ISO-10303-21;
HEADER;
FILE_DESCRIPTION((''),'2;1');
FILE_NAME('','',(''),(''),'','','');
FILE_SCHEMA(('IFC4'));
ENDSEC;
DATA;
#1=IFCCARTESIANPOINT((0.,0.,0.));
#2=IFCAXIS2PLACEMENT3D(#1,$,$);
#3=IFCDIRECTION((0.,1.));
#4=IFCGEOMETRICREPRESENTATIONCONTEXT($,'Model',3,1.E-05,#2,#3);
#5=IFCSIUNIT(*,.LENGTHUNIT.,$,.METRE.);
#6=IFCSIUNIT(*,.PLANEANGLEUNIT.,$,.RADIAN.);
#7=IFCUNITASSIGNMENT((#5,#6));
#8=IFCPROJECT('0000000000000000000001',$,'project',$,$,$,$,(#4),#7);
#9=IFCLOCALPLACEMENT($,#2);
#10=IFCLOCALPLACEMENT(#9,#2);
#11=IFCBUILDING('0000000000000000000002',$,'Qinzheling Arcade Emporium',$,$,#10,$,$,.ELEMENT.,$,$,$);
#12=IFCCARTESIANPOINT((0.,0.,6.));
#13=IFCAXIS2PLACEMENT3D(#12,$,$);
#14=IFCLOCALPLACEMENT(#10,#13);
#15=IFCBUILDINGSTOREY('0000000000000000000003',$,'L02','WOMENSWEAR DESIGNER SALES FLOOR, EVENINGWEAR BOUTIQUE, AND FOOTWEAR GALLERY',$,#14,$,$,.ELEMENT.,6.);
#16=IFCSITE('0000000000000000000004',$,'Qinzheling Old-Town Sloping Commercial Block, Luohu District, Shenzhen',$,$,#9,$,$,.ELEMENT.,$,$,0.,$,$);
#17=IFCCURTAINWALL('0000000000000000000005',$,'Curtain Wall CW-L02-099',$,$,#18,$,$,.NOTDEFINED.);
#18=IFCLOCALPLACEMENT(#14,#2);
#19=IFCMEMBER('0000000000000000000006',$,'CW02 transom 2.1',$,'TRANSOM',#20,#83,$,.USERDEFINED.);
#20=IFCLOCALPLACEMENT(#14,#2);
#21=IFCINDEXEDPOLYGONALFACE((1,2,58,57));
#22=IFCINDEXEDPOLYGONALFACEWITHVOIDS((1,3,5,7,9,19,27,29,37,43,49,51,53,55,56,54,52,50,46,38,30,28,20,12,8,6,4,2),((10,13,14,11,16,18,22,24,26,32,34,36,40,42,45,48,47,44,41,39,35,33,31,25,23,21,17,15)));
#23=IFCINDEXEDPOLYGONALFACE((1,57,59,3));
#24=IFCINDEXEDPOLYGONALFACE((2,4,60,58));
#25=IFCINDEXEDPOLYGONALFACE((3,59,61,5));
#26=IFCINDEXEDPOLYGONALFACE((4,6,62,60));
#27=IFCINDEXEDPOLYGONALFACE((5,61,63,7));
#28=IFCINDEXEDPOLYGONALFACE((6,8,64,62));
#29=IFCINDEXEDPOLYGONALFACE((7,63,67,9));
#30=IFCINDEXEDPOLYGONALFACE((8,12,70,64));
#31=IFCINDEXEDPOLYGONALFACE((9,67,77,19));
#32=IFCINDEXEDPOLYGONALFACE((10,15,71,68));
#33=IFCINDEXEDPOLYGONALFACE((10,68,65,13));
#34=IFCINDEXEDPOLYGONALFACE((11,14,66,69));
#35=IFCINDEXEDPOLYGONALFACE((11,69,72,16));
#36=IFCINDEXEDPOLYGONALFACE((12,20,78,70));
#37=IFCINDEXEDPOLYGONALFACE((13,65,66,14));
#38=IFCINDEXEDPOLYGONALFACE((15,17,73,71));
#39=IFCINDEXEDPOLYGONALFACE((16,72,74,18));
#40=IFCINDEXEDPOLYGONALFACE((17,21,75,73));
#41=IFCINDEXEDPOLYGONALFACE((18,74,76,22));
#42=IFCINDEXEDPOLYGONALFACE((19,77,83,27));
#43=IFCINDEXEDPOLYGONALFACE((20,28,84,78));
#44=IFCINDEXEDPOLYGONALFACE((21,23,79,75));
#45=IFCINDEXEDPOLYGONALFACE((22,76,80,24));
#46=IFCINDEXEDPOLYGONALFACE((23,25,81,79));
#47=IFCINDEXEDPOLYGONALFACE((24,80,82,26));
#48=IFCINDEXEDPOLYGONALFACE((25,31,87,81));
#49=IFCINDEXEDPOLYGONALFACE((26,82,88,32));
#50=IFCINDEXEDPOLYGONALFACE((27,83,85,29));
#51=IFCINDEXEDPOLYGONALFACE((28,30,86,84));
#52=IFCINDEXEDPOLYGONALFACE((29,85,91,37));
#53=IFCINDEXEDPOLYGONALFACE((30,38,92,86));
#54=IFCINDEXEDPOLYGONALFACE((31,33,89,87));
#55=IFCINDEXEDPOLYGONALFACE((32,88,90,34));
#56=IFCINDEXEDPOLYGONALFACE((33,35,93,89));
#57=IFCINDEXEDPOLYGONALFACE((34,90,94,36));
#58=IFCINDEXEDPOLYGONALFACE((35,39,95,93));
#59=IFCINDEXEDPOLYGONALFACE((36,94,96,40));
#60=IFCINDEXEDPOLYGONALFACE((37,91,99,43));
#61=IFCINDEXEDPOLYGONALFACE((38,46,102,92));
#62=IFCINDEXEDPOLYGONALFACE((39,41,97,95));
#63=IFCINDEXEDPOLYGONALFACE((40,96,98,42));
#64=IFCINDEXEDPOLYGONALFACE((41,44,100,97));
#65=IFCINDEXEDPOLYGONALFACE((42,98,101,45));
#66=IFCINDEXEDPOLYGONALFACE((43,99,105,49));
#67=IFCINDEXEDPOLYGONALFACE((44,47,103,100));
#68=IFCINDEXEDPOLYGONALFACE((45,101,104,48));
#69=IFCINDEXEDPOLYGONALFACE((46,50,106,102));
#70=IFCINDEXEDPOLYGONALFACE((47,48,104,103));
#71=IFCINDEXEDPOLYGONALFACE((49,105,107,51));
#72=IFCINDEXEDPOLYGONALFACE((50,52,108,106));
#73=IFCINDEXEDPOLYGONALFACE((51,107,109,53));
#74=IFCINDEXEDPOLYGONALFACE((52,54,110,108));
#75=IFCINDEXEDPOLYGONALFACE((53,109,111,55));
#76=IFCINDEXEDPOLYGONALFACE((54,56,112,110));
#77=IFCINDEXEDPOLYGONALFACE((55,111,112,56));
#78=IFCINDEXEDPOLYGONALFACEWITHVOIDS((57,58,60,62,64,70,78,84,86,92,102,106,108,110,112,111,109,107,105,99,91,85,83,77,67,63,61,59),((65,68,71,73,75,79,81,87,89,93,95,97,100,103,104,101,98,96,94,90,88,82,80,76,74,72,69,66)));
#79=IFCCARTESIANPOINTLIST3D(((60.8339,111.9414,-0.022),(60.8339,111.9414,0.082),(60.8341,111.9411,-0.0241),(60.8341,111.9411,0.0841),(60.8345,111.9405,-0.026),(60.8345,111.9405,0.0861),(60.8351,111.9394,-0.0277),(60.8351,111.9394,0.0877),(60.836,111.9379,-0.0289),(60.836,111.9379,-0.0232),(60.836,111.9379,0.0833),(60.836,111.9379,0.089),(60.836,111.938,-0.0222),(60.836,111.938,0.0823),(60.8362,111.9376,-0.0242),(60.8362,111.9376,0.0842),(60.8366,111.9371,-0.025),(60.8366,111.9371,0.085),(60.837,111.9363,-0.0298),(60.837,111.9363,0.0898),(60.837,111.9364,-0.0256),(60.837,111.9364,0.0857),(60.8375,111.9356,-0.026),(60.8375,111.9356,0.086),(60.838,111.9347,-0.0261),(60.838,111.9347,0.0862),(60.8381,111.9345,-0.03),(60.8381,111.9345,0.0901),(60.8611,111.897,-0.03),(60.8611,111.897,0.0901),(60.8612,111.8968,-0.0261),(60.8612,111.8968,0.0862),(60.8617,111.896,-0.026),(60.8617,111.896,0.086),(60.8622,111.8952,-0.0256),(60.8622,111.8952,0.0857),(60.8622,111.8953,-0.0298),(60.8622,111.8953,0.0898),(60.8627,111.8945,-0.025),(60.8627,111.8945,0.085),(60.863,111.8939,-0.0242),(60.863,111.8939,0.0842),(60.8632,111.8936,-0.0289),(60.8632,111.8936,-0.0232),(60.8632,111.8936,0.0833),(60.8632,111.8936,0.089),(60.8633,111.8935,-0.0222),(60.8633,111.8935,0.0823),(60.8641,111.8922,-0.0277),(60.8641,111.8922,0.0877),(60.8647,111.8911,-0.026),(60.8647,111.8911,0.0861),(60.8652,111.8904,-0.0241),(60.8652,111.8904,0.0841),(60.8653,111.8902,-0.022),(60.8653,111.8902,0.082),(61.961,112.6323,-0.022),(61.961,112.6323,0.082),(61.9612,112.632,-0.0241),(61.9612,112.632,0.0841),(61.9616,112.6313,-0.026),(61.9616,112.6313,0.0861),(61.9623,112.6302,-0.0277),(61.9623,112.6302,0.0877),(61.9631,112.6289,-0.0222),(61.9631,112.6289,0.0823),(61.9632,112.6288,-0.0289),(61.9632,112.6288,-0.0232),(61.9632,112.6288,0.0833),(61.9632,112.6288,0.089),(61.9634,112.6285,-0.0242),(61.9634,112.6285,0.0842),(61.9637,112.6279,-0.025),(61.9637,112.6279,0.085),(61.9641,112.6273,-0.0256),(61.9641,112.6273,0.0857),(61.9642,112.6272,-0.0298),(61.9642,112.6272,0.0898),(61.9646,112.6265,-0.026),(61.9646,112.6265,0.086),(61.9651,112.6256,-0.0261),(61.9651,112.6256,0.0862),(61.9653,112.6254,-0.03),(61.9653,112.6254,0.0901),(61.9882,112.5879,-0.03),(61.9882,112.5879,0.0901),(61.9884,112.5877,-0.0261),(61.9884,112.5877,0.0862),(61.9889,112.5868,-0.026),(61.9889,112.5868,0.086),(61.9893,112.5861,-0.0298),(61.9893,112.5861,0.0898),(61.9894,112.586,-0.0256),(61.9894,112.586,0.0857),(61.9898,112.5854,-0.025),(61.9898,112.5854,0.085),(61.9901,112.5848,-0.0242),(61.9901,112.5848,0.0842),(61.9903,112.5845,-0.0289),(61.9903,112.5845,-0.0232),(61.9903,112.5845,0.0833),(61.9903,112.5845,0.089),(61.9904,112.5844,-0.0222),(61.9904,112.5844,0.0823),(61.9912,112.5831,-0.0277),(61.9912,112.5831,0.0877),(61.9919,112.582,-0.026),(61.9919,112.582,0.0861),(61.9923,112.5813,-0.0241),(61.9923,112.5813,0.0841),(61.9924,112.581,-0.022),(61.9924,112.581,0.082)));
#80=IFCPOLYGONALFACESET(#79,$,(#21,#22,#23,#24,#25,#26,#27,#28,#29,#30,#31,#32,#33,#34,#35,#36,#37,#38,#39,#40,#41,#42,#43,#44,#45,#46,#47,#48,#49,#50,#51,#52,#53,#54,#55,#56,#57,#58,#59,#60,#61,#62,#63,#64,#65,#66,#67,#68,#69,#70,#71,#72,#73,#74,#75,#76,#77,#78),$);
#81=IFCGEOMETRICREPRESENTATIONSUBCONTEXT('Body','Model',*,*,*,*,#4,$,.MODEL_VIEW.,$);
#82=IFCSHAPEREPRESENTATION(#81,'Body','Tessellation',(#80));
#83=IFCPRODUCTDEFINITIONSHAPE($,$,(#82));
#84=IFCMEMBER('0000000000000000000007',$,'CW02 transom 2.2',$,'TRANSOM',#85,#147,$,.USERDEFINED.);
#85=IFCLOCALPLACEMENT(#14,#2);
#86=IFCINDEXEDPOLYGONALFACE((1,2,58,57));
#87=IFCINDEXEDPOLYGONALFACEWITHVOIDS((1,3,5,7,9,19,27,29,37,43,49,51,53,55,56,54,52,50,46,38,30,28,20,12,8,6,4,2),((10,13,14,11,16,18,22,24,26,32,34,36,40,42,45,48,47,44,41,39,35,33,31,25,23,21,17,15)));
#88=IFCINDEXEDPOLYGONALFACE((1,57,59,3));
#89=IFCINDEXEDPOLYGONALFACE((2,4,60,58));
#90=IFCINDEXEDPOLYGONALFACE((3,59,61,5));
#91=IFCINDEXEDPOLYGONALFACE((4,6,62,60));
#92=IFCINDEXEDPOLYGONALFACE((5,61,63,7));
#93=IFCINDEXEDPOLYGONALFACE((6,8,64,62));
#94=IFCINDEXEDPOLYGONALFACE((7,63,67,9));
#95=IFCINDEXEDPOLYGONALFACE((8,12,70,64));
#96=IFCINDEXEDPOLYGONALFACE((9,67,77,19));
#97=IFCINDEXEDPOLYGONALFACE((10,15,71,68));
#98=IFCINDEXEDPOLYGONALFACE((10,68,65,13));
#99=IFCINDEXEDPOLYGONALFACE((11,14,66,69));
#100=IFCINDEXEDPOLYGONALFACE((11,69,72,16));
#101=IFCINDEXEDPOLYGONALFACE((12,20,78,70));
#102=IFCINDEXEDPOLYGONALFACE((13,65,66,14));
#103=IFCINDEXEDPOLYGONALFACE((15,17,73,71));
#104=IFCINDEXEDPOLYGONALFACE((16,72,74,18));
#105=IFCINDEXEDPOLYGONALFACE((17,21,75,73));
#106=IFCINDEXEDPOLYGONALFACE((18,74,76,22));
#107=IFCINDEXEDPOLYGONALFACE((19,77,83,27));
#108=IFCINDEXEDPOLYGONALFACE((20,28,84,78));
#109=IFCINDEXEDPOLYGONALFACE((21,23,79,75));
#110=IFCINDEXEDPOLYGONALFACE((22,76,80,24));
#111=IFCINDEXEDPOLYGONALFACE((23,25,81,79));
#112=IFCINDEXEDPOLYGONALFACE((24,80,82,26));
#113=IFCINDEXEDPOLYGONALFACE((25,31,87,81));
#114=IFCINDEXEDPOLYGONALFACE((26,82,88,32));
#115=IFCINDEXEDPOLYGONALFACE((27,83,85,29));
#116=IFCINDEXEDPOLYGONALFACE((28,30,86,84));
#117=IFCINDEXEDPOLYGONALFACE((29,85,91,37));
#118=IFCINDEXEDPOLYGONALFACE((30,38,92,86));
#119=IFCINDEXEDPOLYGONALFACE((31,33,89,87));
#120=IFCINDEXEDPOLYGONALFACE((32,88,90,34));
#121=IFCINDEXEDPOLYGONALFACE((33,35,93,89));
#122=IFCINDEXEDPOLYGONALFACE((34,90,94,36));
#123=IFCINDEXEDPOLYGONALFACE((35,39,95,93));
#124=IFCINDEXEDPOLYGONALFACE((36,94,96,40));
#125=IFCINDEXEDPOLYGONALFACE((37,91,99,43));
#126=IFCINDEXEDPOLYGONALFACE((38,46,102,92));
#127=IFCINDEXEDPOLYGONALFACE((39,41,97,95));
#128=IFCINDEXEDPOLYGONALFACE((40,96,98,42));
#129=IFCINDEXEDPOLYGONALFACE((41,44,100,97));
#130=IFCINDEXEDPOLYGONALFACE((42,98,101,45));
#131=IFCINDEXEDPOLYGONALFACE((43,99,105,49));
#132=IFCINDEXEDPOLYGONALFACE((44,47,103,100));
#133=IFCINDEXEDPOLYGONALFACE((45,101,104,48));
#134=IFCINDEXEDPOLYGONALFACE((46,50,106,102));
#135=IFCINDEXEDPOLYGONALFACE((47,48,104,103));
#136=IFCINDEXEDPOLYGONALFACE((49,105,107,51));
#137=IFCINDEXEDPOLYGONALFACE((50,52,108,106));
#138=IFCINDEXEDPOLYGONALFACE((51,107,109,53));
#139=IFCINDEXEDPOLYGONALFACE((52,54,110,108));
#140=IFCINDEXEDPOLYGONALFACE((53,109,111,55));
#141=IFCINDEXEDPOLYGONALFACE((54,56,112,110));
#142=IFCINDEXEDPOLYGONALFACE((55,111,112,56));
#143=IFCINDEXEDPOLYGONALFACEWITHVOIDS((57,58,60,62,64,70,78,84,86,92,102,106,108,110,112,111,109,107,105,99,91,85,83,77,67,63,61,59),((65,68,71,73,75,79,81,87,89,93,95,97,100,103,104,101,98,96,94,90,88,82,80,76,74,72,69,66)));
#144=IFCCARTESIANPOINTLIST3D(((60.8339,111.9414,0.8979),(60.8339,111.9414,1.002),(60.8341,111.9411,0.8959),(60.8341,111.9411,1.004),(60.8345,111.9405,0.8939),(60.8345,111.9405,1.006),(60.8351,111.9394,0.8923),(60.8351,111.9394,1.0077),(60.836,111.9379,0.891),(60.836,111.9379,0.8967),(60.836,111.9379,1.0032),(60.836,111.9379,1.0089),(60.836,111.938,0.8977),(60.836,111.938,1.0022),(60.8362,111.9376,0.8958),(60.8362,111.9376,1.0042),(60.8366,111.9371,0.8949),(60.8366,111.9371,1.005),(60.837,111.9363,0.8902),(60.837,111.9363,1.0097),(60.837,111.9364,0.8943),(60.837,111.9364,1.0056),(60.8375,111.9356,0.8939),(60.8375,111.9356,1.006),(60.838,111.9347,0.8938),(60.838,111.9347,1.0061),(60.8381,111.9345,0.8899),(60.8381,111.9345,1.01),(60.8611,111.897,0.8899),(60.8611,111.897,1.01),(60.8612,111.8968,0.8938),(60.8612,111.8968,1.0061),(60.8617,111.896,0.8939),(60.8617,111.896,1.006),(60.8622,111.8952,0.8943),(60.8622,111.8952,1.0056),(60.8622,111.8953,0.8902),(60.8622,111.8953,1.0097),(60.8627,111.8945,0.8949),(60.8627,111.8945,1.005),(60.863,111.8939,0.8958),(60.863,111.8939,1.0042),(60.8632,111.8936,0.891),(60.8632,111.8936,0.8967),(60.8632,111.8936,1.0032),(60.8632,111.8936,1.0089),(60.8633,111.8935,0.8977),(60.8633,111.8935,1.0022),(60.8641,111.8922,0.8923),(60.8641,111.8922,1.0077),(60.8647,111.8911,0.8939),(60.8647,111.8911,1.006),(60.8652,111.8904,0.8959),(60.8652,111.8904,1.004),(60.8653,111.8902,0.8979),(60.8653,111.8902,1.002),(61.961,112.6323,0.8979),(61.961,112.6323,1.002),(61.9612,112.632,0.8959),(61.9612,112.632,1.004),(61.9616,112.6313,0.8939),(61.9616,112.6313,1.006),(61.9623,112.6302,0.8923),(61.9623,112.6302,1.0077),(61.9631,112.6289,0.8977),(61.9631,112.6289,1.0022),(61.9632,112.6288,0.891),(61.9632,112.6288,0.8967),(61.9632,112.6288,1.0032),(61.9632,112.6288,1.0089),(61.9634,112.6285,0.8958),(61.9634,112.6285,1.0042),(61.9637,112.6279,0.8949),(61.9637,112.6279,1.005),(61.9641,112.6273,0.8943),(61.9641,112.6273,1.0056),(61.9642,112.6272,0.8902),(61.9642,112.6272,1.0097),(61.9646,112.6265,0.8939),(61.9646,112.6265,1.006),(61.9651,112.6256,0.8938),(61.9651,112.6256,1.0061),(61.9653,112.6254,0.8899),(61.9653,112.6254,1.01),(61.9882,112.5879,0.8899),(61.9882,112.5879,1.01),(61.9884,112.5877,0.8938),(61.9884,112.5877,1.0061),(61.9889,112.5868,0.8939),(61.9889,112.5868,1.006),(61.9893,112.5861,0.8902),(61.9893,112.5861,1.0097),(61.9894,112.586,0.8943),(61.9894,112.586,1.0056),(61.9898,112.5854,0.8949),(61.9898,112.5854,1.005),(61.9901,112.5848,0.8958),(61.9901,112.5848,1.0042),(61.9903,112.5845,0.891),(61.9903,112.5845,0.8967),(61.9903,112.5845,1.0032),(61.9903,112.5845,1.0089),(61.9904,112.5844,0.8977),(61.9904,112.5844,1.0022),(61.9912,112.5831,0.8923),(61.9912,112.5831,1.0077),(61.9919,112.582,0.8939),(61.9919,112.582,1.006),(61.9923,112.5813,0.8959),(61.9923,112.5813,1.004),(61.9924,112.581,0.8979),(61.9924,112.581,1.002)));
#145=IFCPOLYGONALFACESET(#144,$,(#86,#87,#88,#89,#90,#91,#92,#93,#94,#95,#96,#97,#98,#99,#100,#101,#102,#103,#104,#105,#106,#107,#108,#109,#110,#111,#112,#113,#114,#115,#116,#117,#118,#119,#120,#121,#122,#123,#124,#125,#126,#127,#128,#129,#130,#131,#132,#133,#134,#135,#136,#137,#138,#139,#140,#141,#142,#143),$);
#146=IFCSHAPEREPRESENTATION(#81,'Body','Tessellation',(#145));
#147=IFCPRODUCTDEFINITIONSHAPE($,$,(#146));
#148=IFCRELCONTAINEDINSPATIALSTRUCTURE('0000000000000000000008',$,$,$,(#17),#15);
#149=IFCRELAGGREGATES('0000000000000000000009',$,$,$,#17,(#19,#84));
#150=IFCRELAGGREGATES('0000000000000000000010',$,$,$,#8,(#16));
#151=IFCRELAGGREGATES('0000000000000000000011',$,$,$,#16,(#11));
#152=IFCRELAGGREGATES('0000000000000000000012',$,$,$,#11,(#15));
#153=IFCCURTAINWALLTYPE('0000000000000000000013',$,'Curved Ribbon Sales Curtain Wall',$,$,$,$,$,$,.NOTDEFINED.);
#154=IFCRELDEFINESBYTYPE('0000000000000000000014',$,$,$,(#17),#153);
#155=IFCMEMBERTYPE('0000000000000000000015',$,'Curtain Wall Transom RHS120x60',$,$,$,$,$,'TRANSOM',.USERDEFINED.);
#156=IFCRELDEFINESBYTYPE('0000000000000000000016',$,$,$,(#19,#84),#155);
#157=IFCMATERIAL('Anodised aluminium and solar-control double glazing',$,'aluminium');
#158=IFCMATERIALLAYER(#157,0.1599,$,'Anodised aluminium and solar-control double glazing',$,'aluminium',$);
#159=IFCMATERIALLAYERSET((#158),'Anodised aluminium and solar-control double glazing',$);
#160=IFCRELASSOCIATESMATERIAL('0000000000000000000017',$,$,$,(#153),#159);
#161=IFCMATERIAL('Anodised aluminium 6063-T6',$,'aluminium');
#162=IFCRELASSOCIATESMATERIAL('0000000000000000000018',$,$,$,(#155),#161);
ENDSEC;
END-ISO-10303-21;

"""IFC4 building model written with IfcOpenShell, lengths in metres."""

from ifc_helpers import new_model, si_unit, direction, frame, origin, origin_2d, place, context, subcontext, project, spatial, hollow_rectangle, extrude, material, layer, layer_set, material_profile, profile_set, type_object, element, aggregate, save


model = new_model("IFC4")

# Units and contexts
model_context = context("Model", 3, precision=1e-05, world=origin(), true_north=direction((0.0, 1.0)))
body_context = subcontext(model_context, "Body", "Model", "MODEL_VIEW")
ifc_project = project(units=[si_unit("LENGTHUNIT", "METRE"), si_unit("PLANEANGLEUNIT", "RADIAN")], contexts=[model_context])

# Site, building, storey
site_placement = place(None, origin())
site = spatial("IfcSite", under=ifc_project, at=site_placement, Name="Qinzheling Old-Town Sloping Commercial Block, Luohu District, Shenzhen", CompositionType="ELEMENT", RefElevation=0.0)
building_placement = place(site_placement, origin())
building = spatial("IfcBuilding", under=site, at=building_placement, Name="Qinzheling Arcade Emporium", CompositionType="ELEMENT")
storey_placement = place(building_placement, frame((0.0, 0.0, 6.0)))
storey = spatial("IfcBuildingStorey", under=building, at=storey_placement, Name="L02", Description="WOMENSWEAR DESIGNER SALES FLOOR, EVENINGWEAR BOUTIQUE, AND FOOTWEAR GALLERY", CompositionType="ELEMENT", Elevation=6.0)

# Curtain wall
ifc_material_1 = material(Name="Anodised aluminium and solar-control double glazing", Category="aluminium")
ifc_layer_1 = layer(ifc_material_1, 0.1599, Name="Anodised aluminium and solar-control double glazing", Category="aluminium")
ifc_layer_set_1 = layer_set([ifc_layer_1], Name="Anodised aluminium and solar-control double glazing")
curtain_wall_type = type_object("IfcCurtainWallType", Name="Curved Ribbon Sales Curtain Wall", PredefinedType="NOTDEFINED", material=ifc_layer_set_1)
curtain_wall_1_placement = place(storey_placement, origin())
curtain_wall_1 = element("IfcCurtainWall", 1, at=curtain_wall_1_placement, inside=storey, type_object=curtain_wall_type, Name="Curtain Wall CW-L02-099", PredefinedType="NOTDEFINED")
ifc_material_2 = material(Name="Anodised aluminium 6063-T6", Category="aluminium")

# Members
ifc_material_profile_1 = material_profile(ifc_material_2, hollow_rectangle(XDim=0.0601, YDim=0.1201, WallThickness=0.0039, InnerFilletRadius=0.0039, OuterFilletRadius=0.0081, at=origin_2d()), Name="RHS 120x60x4", Category="aluminium")
ifc_profile_set_1 = profile_set([ifc_material_profile_1], Name="Anodised aluminium 6063-T6")
member_type_1 = type_object("IfcMemberType", Name="Curtain Wall Transom RHS120x60", ElementType="TRANSOM", PredefinedType="USERDEFINED", material=ifc_profile_set_1)
member_1_placement = place(storey_placement, frame((60.8496, 111.9158, 0.03), z_axis=(0.852583, 0.522592, 0.0), x_axis=(-0.522592, 0.852583, 0.0)))
member_1 = element("IfcMember", 2, at=member_1_placement, type_object=member_type_1, Name="CW02 transom 2.1", ObjectType="TRANSOM", PredefinedType="USERDEFINED", context=body_context, shape_type="SweptSolid", body=[
    extrude(hollow_rectangle(XDim=0.0601, YDim=0.1201, WallThickness=0.0039, InnerFilletRadius=0.0039, OuterFilletRadius=0.0081, at=origin_2d()), origin(), (0.0, 0.0, 1.0), 1.322),
])
member_2_placement = place(storey_placement, frame((60.8496, 111.9158, 0.95), z_axis=(0.852583, 0.522592, 0.0), x_axis=(-0.522592, 0.852583, 0.0)))
member_2 = element("IfcMember", 3, at=member_2_placement, type_object=member_type_1, Name="CW02 transom 2.2", ObjectType="TRANSOM", PredefinedType="USERDEFINED", context=body_context, shape_type="SweptSolid", body=[
    extrude(hollow_rectangle(XDim=0.0601, YDim=0.1201, WallThickness=0.0039, InnerFilletRadius=0.0039, OuterFilletRadius=0.0081, at=origin_2d()), origin(), (0.0, 0.0, 1.0), 1.322),
])

aggregate(curtain_wall_1, [member_1, member_2])

save(model, "model.ifc")
